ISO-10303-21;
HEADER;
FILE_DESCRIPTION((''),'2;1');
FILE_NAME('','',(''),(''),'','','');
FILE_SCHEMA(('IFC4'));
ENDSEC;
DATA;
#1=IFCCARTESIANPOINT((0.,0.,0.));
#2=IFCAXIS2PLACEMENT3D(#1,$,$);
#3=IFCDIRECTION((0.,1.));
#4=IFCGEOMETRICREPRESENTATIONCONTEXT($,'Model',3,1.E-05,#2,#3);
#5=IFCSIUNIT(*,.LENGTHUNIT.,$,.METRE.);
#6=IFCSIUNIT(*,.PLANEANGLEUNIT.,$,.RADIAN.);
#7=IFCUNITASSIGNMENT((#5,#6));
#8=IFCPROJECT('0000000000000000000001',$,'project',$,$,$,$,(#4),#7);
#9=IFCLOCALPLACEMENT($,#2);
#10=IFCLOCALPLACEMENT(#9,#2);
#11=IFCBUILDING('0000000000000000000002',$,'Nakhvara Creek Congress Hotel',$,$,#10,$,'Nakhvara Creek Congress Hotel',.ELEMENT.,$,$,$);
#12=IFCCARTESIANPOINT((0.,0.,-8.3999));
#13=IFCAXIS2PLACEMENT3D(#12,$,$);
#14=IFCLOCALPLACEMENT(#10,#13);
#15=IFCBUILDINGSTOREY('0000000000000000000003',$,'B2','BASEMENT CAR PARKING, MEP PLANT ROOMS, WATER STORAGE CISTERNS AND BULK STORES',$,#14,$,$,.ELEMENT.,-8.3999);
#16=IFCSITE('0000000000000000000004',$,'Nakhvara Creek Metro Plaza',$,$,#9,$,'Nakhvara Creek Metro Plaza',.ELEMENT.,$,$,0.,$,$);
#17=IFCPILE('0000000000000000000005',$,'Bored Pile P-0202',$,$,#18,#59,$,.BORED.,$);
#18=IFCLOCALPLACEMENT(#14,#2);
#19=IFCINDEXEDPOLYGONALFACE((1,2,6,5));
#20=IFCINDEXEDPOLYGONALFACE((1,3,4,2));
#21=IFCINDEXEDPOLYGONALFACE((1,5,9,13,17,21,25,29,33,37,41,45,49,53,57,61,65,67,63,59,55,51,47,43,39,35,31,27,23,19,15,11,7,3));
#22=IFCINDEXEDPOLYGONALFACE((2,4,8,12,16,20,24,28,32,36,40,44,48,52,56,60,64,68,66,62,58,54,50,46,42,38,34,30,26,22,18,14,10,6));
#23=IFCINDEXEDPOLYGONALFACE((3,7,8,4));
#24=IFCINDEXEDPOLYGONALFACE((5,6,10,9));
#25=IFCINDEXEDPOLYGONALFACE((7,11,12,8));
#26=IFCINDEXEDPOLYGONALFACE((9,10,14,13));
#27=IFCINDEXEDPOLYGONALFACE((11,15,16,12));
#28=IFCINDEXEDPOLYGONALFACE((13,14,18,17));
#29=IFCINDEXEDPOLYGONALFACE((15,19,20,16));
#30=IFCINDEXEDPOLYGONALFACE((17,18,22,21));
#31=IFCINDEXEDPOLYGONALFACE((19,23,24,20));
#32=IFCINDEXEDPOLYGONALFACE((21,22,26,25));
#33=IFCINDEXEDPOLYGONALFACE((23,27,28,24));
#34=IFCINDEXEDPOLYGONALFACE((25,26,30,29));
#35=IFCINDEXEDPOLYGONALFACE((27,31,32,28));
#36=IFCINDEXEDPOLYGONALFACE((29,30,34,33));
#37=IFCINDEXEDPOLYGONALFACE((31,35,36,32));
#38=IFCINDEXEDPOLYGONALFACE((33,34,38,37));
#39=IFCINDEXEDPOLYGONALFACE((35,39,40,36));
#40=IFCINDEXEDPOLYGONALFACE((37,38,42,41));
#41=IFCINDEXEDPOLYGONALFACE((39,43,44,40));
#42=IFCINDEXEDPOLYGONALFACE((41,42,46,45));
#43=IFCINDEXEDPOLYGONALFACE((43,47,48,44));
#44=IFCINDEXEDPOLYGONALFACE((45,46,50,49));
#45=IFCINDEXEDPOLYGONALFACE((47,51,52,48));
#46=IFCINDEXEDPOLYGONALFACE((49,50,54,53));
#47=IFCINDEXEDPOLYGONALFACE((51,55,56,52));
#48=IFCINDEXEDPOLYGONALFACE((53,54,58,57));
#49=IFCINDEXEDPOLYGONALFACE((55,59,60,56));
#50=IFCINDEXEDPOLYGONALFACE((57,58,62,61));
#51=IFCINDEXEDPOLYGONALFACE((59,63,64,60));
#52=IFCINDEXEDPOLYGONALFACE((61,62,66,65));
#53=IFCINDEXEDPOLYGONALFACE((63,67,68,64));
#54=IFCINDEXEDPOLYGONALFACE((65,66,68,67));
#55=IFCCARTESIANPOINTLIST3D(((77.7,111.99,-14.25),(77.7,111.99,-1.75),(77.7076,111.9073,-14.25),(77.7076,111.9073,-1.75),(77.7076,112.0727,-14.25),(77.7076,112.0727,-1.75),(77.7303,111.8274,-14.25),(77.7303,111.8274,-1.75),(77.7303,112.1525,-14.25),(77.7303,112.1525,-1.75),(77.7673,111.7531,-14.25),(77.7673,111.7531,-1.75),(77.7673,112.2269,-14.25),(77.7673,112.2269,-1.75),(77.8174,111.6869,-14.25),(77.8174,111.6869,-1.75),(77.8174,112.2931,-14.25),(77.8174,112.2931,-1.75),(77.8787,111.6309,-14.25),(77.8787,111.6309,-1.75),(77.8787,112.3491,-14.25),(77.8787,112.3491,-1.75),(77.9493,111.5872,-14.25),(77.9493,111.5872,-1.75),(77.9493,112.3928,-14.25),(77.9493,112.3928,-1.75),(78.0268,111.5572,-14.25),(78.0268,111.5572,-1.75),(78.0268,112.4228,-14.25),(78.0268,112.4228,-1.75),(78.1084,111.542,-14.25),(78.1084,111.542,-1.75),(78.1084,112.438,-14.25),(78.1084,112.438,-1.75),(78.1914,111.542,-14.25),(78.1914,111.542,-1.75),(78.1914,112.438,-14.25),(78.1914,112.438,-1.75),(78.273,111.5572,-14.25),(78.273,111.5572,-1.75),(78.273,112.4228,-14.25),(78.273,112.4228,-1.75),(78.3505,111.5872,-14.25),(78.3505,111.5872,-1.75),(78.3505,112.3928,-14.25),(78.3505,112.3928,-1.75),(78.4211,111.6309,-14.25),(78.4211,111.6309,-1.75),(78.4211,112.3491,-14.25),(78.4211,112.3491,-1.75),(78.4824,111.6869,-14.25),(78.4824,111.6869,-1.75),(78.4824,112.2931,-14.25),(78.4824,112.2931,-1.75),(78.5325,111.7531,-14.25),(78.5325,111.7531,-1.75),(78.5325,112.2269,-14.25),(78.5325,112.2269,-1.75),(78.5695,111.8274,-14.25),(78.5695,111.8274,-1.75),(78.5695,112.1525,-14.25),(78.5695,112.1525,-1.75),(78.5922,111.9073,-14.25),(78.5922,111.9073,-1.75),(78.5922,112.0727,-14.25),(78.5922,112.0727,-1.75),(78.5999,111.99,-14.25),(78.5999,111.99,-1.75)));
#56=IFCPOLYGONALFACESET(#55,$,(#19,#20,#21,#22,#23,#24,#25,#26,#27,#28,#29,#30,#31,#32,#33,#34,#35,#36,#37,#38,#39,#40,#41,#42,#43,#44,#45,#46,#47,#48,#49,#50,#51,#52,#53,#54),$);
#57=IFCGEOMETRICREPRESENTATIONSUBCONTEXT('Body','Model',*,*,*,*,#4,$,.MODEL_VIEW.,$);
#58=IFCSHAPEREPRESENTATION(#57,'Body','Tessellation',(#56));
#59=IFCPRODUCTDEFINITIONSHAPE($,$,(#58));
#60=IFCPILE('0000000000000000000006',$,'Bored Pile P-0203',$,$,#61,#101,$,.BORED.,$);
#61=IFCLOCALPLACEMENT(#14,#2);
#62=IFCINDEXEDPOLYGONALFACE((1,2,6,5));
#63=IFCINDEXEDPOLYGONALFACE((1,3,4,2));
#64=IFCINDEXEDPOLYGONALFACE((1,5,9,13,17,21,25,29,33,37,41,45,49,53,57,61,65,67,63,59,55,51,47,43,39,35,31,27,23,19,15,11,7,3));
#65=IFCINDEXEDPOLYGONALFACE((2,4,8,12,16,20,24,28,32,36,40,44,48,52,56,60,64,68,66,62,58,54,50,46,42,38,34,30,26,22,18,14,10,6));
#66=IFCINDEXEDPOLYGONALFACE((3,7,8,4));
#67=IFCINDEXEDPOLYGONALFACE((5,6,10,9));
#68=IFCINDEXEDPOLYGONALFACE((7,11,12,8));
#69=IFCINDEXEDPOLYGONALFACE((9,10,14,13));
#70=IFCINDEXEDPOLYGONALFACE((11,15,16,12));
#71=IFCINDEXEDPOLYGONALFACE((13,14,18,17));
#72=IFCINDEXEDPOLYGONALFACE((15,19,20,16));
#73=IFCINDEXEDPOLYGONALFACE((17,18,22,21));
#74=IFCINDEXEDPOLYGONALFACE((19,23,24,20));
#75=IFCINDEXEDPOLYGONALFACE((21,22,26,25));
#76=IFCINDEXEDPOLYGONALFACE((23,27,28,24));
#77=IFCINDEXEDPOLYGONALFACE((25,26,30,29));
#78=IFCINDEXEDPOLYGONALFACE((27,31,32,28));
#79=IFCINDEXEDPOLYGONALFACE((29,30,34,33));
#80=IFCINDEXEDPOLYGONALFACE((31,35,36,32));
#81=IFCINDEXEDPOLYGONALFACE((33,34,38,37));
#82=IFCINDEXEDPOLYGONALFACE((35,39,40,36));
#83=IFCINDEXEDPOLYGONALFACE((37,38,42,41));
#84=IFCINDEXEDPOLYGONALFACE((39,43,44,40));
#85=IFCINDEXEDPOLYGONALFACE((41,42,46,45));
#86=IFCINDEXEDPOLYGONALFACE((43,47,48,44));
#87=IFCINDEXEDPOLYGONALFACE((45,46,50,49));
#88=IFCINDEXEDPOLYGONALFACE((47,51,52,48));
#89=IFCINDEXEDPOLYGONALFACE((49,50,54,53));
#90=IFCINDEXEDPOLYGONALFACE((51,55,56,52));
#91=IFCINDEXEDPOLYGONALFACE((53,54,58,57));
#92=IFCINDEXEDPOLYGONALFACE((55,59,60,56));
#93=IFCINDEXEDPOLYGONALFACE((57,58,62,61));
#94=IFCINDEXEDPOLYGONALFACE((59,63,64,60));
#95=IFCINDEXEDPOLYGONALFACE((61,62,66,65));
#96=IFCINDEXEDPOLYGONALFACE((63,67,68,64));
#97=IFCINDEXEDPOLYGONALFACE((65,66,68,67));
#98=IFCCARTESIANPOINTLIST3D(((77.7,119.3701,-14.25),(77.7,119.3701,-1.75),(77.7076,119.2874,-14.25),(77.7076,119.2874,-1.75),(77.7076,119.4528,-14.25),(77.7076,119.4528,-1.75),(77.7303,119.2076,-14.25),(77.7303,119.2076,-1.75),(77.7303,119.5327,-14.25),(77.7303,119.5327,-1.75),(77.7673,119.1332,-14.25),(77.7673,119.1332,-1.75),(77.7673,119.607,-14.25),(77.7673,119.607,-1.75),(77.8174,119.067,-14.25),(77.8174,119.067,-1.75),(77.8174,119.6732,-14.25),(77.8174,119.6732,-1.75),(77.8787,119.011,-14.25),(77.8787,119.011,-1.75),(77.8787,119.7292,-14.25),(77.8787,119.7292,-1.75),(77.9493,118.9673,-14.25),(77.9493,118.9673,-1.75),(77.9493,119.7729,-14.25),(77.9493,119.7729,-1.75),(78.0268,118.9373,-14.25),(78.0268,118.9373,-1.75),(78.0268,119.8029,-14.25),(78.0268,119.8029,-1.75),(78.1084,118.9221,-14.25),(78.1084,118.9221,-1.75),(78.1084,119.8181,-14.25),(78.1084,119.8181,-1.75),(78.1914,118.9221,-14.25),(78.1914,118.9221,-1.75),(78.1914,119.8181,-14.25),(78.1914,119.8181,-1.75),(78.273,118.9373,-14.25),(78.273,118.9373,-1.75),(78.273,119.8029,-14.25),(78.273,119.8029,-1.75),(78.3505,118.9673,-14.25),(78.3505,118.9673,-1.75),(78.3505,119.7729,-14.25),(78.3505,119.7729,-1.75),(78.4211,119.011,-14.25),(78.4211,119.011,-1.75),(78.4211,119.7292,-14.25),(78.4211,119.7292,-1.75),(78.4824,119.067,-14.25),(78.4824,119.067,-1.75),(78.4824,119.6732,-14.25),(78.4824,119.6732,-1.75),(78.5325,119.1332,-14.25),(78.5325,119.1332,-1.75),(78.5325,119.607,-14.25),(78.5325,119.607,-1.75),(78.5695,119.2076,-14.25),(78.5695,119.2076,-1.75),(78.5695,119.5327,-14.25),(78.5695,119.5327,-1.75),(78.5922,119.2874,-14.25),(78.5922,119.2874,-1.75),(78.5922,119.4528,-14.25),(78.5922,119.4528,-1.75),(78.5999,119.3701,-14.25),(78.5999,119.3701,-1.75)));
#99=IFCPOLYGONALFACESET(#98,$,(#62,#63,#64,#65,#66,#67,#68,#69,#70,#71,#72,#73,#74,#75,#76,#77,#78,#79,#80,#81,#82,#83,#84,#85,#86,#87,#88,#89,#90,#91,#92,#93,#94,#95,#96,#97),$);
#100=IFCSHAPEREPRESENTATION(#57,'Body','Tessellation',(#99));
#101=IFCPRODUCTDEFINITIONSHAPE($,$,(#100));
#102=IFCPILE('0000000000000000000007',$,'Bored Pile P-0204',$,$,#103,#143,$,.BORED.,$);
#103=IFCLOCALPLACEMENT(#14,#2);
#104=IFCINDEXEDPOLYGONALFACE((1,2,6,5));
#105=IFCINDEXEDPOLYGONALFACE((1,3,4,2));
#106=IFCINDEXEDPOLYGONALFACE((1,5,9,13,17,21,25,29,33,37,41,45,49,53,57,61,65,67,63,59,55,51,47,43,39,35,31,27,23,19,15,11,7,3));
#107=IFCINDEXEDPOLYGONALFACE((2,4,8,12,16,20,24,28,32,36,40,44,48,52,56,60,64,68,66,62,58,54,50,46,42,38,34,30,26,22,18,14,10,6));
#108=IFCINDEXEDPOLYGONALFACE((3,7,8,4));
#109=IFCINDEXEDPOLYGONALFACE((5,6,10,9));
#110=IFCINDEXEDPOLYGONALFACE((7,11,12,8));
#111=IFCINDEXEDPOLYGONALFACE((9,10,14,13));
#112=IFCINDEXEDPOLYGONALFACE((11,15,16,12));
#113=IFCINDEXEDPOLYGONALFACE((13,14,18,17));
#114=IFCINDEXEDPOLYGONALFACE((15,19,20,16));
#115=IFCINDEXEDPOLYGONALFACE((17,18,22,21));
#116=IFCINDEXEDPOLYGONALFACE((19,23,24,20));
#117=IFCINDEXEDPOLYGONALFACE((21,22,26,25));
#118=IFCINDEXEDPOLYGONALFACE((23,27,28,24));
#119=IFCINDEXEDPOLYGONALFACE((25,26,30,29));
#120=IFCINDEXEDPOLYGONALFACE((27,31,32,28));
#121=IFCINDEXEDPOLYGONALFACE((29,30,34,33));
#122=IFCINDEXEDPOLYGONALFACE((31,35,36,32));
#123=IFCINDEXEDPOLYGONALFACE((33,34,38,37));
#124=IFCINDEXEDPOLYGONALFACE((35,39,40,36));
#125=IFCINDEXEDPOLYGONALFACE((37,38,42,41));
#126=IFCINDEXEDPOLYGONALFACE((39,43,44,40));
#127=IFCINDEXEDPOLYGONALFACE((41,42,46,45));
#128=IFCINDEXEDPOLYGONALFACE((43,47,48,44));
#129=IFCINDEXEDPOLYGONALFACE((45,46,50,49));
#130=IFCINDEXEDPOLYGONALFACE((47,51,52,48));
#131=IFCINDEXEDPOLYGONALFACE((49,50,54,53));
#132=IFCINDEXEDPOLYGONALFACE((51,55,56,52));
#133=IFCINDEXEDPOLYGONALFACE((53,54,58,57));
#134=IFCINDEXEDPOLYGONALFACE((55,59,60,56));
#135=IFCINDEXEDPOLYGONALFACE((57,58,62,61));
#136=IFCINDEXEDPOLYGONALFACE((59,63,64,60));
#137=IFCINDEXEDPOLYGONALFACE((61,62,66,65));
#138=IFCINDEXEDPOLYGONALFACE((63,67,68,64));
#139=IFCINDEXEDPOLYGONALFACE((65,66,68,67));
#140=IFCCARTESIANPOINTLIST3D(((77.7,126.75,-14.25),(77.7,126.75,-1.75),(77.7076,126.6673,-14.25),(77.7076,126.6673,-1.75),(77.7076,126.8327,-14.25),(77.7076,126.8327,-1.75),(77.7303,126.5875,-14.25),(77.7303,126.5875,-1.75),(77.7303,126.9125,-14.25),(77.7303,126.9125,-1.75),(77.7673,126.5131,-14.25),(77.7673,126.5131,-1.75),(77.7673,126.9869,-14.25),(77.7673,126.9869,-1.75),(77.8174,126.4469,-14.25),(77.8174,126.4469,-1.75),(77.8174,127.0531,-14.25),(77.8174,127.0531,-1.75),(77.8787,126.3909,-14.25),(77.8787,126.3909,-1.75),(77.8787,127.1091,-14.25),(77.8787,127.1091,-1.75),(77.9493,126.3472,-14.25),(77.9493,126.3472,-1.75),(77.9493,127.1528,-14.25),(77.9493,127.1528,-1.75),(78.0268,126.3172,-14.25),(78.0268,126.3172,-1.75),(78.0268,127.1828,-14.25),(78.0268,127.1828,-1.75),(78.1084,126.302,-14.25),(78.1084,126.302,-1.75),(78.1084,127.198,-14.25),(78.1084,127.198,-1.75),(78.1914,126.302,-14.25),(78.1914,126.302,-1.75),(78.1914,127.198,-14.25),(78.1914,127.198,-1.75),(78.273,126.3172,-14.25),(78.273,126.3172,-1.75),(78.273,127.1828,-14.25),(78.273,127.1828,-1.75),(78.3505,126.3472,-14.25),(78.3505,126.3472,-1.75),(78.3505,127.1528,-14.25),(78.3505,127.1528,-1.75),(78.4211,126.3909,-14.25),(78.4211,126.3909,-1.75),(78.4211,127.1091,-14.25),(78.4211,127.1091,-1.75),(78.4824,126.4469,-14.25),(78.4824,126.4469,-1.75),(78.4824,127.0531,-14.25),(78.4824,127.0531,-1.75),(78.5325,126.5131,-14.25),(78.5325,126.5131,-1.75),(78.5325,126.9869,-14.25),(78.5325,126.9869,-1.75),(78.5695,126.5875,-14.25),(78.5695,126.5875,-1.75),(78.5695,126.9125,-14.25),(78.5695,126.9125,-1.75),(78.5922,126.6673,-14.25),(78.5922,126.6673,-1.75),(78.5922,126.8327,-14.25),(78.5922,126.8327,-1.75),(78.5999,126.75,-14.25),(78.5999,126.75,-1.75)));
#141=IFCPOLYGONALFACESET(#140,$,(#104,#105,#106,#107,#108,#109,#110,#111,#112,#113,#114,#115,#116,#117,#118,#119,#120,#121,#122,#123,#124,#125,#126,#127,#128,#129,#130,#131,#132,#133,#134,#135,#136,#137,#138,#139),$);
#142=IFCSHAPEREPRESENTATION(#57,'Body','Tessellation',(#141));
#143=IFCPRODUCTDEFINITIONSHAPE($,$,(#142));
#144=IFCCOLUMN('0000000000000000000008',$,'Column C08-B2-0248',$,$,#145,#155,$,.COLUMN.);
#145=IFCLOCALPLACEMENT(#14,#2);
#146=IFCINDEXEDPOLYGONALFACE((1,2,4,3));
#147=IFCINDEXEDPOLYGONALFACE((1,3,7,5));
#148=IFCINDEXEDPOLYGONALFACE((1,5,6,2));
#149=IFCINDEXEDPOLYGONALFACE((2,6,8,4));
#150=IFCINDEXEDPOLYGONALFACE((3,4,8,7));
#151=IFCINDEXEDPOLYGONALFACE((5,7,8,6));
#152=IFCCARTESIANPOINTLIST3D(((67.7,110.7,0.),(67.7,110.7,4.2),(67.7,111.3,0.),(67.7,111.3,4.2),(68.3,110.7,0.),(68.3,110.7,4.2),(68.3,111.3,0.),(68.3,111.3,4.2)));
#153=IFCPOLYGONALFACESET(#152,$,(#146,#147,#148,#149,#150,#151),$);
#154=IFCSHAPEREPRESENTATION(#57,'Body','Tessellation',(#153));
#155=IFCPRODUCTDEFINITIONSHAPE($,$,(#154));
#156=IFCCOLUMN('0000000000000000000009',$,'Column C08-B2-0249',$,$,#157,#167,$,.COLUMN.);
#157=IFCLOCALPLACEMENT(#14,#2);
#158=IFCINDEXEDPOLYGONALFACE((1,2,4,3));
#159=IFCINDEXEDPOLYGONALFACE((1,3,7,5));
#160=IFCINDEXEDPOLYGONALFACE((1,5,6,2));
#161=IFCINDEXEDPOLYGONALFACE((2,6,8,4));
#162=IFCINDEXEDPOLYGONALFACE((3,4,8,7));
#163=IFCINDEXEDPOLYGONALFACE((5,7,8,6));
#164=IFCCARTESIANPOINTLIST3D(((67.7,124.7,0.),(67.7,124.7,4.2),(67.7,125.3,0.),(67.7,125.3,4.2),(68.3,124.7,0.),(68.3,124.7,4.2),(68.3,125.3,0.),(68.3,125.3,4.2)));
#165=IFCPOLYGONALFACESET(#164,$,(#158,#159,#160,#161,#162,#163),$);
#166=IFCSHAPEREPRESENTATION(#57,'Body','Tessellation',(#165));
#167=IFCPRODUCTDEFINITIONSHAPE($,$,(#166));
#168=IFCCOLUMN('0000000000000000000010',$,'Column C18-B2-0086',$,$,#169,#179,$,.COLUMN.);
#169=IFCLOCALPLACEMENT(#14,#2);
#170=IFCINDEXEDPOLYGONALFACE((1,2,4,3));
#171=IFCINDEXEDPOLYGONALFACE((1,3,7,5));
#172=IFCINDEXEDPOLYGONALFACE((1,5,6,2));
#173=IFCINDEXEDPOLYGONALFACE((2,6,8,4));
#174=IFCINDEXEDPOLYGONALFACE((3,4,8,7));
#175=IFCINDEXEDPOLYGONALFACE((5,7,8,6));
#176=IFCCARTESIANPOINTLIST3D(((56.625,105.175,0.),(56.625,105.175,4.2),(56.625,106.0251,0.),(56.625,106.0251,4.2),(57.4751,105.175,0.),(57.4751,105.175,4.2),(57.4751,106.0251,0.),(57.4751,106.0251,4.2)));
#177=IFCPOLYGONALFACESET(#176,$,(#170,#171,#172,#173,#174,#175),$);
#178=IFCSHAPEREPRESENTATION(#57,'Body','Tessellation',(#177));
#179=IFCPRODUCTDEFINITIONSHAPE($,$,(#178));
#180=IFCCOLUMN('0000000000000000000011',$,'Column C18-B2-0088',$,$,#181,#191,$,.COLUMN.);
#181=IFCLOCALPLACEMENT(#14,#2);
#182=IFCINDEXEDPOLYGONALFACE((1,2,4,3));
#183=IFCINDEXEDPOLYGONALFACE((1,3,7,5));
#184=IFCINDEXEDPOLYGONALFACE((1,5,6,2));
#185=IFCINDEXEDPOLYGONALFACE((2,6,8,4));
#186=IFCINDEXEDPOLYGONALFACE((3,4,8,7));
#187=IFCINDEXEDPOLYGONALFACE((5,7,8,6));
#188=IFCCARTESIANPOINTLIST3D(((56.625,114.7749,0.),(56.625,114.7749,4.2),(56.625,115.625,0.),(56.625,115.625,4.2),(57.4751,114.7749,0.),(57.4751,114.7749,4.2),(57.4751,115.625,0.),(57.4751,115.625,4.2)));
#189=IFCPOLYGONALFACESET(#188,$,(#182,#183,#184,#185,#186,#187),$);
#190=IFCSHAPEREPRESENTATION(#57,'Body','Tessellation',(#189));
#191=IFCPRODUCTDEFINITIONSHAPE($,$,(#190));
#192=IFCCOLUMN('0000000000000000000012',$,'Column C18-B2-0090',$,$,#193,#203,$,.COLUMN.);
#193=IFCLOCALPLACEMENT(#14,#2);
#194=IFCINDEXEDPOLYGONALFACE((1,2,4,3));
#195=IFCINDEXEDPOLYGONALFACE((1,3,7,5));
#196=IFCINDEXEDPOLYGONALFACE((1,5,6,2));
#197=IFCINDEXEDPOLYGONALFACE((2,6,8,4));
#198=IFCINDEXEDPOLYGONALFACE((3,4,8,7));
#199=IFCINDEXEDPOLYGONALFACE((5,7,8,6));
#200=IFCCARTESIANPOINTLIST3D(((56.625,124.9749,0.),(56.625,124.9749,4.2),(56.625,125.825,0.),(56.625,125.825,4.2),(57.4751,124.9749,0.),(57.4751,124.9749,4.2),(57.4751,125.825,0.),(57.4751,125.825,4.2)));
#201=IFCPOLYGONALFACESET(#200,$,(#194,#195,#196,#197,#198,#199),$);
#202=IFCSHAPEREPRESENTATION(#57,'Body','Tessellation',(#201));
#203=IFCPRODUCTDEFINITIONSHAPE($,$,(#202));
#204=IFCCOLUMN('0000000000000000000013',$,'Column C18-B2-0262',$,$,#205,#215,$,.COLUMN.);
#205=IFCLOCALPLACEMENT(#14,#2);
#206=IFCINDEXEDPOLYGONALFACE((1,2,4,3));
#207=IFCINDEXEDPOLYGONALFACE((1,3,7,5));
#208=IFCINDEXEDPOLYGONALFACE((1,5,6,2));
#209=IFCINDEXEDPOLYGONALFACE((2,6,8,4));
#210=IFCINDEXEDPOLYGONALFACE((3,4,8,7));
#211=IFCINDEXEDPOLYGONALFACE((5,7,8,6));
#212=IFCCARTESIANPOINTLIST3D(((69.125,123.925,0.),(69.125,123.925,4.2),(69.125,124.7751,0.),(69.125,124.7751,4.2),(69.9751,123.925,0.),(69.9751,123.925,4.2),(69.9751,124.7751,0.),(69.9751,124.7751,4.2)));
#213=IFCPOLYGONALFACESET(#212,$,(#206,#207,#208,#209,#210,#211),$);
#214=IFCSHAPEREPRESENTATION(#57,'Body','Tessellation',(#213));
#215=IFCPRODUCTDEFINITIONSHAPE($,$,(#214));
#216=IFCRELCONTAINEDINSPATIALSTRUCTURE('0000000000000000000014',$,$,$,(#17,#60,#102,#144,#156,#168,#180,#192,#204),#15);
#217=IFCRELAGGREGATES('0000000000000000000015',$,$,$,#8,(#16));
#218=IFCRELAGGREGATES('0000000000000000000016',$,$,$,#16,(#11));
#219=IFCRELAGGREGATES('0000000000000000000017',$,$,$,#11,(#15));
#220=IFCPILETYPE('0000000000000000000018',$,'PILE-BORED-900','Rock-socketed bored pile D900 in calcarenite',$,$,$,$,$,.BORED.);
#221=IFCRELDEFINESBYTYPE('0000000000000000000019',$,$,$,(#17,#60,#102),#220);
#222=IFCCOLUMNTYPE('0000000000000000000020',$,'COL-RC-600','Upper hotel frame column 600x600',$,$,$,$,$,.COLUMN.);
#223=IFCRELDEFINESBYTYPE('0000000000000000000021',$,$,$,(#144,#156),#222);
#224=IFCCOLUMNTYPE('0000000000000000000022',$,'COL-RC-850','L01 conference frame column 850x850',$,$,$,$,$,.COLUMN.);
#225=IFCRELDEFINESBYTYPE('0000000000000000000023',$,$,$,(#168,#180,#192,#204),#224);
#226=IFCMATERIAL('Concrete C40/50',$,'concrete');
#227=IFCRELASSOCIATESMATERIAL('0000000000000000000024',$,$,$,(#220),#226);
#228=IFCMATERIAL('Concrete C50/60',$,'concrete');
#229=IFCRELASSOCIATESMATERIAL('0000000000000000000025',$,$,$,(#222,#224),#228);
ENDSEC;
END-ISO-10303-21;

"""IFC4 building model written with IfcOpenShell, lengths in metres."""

from ifc_helpers import new_model, si_unit, direction, frame, origin, origin_2d, place, context, subcontext, project, spatial, rectangle, circle, extrude, material, material_profile, profile_set, type_object, element, save


model = new_model("IFC4")

# Units and contexts
model_context = context("Model", 3, precision=1e-05, world=origin(), true_north=direction((0.0, 1.0)))
body_context = subcontext(model_context, "Body", "Model", "MODEL_VIEW")
ifc_project = project(units=[si_unit("LENGTHUNIT", "METRE"), si_unit("PLANEANGLEUNIT", "RADIAN")], contexts=[model_context])

# Site, building, storey
site_placement = place(None, origin())
site = spatial("IfcSite", under=ifc_project, at=site_placement, Name="Nakhvara Creek Metro Plaza", LongName="Nakhvara Creek Metro Plaza", CompositionType="ELEMENT", RefElevation=0.0)
building_placement = place(site_placement, origin())
building = spatial("IfcBuilding", under=site, at=building_placement, Name="Nakhvara Creek Congress Hotel", LongName="Nakhvara Creek Congress Hotel", CompositionType="ELEMENT")
storey_placement = place(building_placement, frame((0.0, 0.0, -8.3999)))
storey = spatial("IfcBuildingStorey", under=building, at=storey_placement, Name="B2", Description="BASEMENT CAR PARKING, MEP PLANT ROOMS, WATER STORAGE CISTERNS AND BULK STORES", CompositionType="ELEMENT", Elevation=-8.3999)

# Shared definitions
ifc_material_1 = material(Name="Concrete C40/50", Category="concrete")

# Piles
ifc_material_profile_1 = material_profile(ifc_material_1, circle(Radius=0.45, at=origin_2d()), Name="BORED PILE D900", Category="LoadBearing")
ifc_profile_set_1 = profile_set([ifc_material_profile_1], Name="Concrete C40/50")
pile_type = type_object("IfcPileType", Name="PILE-BORED-900", Description="Rock-socketed bored pile D900 in calcarenite", PredefinedType="BORED", material=ifc_profile_set_1)
for number, where, z_axis, x_axis, name in (
    (1, (78.1499, 111.99, -1.75), (0.0, 0.0, -1.0), (1.0, 0.0, 0.0), "Bored Pile P-0202"),
    (2, (78.1499, 119.3701, -1.75), (0.0, 0.0, -1.0), (1.0, 0.0, 0.0), "Bored Pile P-0203"),
    (3, (78.1499, 126.75, -1.75), (0.0, 0.0, -1.0), (1.0, 0.0, 0.0), "Bored Pile P-0204"),
):
    element("IfcPile", number, at=place(storey_placement, frame(where, z_axis=z_axis, x_axis=x_axis)), inside=storey, type_object=pile_type, Name=name, PredefinedType="BORED", context=body_context, shape_type="SweptSolid", body=[
        extrude(circle(Radius=0.45, at=origin_2d()), origin(), (0.0, 0.0, 1.0), 12.5),
    ])

# Columns
ifc_material_2 = material(Name="Concrete C50/60", Category="concrete")
ifc_material_profile_2 = material_profile(ifc_material_2, rectangle(XDim=0.6001, YDim=0.6001, at=origin_2d()), Name="RC-COL 600x600", Category="LoadBearing")
ifc_profile_set_2 = profile_set([ifc_material_profile_2], Name="Concrete C50/60")
column_type_1 = type_object("IfcColumnType", Name="COL-RC-600", Description="Upper hotel frame column 600x600", PredefinedType="COLUMN", material=ifc_profile_set_2)
for number, where, z_axis, x_axis, name in (
    (4, (68.0, 111.0, 0.0), (0.0, 0.0, 1.0), (1.0, 0.0, 0.0), "Column C08-B2-0248"),
    (5, (68.0, 125.0, 0.0), (0.0, 0.0, 1.0), (1.0, 0.0, 0.0), "Column C08-B2-0249"),
):
    element("IfcColumn", number, at=place(storey_placement, frame(where, z_axis=z_axis, x_axis=x_axis)), inside=storey, type_object=column_type_1, Name=name, PredefinedType="COLUMN", context=body_context, shape_type="SweptSolid", body=[
        extrude(rectangle(XDim=0.6001, YDim=0.6001, at=origin_2d()), origin(), (0.0, 0.0, 1.0), 4.2),
    ])
ifc_material_profile_3 = material_profile(ifc_material_2, rectangle(XDim=0.8501, YDim=0.8501, at=origin_2d()), Name="RC-COL 850x850", Category="LoadBearing")
ifc_profile_set_3 = profile_set([ifc_material_profile_3], Name="Concrete C50/60")
column_type_2 = type_object("IfcColumnType", Name="COL-RC-850", Description="L01 conference frame column 850x850", PredefinedType="COLUMN", material=ifc_profile_set_3)
for number, where, z_axis, x_axis, name in (
    (6, (57.05, 105.6001, 0.0), (0.0, 0.0, 1.0), (1.0, 0.0, 0.0), "Column C18-B2-0086"),
    (7, (57.05, 115.2, 0.0), (0.0, 0.0, 1.0), (1.0, 0.0, 0.0), "Column C18-B2-0088"),
    (8, (57.05, 125.3999, 0.0), (0.0, 0.0, 1.0), (1.0, 0.0, 0.0), "Column C18-B2-0090"),
    (9, (69.55, 124.3501, 0.0), (0.0, 0.0, 1.0), (1.0, 0.0, 0.0), "Column C18-B2-0262"),
):
    element("IfcColumn", number, at=place(storey_placement, frame(where, z_axis=z_axis, x_axis=x_axis)), inside=storey, type_object=column_type_2, Name=name, PredefinedType="COLUMN", context=body_context, shape_type="SweptSolid", body=[
        extrude(rectangle(XDim=0.8501, YDim=0.8501, at=origin_2d()), origin(), (0.0, 0.0, 1.0), 4.2),
    ])

save(model, "model.ifc")
